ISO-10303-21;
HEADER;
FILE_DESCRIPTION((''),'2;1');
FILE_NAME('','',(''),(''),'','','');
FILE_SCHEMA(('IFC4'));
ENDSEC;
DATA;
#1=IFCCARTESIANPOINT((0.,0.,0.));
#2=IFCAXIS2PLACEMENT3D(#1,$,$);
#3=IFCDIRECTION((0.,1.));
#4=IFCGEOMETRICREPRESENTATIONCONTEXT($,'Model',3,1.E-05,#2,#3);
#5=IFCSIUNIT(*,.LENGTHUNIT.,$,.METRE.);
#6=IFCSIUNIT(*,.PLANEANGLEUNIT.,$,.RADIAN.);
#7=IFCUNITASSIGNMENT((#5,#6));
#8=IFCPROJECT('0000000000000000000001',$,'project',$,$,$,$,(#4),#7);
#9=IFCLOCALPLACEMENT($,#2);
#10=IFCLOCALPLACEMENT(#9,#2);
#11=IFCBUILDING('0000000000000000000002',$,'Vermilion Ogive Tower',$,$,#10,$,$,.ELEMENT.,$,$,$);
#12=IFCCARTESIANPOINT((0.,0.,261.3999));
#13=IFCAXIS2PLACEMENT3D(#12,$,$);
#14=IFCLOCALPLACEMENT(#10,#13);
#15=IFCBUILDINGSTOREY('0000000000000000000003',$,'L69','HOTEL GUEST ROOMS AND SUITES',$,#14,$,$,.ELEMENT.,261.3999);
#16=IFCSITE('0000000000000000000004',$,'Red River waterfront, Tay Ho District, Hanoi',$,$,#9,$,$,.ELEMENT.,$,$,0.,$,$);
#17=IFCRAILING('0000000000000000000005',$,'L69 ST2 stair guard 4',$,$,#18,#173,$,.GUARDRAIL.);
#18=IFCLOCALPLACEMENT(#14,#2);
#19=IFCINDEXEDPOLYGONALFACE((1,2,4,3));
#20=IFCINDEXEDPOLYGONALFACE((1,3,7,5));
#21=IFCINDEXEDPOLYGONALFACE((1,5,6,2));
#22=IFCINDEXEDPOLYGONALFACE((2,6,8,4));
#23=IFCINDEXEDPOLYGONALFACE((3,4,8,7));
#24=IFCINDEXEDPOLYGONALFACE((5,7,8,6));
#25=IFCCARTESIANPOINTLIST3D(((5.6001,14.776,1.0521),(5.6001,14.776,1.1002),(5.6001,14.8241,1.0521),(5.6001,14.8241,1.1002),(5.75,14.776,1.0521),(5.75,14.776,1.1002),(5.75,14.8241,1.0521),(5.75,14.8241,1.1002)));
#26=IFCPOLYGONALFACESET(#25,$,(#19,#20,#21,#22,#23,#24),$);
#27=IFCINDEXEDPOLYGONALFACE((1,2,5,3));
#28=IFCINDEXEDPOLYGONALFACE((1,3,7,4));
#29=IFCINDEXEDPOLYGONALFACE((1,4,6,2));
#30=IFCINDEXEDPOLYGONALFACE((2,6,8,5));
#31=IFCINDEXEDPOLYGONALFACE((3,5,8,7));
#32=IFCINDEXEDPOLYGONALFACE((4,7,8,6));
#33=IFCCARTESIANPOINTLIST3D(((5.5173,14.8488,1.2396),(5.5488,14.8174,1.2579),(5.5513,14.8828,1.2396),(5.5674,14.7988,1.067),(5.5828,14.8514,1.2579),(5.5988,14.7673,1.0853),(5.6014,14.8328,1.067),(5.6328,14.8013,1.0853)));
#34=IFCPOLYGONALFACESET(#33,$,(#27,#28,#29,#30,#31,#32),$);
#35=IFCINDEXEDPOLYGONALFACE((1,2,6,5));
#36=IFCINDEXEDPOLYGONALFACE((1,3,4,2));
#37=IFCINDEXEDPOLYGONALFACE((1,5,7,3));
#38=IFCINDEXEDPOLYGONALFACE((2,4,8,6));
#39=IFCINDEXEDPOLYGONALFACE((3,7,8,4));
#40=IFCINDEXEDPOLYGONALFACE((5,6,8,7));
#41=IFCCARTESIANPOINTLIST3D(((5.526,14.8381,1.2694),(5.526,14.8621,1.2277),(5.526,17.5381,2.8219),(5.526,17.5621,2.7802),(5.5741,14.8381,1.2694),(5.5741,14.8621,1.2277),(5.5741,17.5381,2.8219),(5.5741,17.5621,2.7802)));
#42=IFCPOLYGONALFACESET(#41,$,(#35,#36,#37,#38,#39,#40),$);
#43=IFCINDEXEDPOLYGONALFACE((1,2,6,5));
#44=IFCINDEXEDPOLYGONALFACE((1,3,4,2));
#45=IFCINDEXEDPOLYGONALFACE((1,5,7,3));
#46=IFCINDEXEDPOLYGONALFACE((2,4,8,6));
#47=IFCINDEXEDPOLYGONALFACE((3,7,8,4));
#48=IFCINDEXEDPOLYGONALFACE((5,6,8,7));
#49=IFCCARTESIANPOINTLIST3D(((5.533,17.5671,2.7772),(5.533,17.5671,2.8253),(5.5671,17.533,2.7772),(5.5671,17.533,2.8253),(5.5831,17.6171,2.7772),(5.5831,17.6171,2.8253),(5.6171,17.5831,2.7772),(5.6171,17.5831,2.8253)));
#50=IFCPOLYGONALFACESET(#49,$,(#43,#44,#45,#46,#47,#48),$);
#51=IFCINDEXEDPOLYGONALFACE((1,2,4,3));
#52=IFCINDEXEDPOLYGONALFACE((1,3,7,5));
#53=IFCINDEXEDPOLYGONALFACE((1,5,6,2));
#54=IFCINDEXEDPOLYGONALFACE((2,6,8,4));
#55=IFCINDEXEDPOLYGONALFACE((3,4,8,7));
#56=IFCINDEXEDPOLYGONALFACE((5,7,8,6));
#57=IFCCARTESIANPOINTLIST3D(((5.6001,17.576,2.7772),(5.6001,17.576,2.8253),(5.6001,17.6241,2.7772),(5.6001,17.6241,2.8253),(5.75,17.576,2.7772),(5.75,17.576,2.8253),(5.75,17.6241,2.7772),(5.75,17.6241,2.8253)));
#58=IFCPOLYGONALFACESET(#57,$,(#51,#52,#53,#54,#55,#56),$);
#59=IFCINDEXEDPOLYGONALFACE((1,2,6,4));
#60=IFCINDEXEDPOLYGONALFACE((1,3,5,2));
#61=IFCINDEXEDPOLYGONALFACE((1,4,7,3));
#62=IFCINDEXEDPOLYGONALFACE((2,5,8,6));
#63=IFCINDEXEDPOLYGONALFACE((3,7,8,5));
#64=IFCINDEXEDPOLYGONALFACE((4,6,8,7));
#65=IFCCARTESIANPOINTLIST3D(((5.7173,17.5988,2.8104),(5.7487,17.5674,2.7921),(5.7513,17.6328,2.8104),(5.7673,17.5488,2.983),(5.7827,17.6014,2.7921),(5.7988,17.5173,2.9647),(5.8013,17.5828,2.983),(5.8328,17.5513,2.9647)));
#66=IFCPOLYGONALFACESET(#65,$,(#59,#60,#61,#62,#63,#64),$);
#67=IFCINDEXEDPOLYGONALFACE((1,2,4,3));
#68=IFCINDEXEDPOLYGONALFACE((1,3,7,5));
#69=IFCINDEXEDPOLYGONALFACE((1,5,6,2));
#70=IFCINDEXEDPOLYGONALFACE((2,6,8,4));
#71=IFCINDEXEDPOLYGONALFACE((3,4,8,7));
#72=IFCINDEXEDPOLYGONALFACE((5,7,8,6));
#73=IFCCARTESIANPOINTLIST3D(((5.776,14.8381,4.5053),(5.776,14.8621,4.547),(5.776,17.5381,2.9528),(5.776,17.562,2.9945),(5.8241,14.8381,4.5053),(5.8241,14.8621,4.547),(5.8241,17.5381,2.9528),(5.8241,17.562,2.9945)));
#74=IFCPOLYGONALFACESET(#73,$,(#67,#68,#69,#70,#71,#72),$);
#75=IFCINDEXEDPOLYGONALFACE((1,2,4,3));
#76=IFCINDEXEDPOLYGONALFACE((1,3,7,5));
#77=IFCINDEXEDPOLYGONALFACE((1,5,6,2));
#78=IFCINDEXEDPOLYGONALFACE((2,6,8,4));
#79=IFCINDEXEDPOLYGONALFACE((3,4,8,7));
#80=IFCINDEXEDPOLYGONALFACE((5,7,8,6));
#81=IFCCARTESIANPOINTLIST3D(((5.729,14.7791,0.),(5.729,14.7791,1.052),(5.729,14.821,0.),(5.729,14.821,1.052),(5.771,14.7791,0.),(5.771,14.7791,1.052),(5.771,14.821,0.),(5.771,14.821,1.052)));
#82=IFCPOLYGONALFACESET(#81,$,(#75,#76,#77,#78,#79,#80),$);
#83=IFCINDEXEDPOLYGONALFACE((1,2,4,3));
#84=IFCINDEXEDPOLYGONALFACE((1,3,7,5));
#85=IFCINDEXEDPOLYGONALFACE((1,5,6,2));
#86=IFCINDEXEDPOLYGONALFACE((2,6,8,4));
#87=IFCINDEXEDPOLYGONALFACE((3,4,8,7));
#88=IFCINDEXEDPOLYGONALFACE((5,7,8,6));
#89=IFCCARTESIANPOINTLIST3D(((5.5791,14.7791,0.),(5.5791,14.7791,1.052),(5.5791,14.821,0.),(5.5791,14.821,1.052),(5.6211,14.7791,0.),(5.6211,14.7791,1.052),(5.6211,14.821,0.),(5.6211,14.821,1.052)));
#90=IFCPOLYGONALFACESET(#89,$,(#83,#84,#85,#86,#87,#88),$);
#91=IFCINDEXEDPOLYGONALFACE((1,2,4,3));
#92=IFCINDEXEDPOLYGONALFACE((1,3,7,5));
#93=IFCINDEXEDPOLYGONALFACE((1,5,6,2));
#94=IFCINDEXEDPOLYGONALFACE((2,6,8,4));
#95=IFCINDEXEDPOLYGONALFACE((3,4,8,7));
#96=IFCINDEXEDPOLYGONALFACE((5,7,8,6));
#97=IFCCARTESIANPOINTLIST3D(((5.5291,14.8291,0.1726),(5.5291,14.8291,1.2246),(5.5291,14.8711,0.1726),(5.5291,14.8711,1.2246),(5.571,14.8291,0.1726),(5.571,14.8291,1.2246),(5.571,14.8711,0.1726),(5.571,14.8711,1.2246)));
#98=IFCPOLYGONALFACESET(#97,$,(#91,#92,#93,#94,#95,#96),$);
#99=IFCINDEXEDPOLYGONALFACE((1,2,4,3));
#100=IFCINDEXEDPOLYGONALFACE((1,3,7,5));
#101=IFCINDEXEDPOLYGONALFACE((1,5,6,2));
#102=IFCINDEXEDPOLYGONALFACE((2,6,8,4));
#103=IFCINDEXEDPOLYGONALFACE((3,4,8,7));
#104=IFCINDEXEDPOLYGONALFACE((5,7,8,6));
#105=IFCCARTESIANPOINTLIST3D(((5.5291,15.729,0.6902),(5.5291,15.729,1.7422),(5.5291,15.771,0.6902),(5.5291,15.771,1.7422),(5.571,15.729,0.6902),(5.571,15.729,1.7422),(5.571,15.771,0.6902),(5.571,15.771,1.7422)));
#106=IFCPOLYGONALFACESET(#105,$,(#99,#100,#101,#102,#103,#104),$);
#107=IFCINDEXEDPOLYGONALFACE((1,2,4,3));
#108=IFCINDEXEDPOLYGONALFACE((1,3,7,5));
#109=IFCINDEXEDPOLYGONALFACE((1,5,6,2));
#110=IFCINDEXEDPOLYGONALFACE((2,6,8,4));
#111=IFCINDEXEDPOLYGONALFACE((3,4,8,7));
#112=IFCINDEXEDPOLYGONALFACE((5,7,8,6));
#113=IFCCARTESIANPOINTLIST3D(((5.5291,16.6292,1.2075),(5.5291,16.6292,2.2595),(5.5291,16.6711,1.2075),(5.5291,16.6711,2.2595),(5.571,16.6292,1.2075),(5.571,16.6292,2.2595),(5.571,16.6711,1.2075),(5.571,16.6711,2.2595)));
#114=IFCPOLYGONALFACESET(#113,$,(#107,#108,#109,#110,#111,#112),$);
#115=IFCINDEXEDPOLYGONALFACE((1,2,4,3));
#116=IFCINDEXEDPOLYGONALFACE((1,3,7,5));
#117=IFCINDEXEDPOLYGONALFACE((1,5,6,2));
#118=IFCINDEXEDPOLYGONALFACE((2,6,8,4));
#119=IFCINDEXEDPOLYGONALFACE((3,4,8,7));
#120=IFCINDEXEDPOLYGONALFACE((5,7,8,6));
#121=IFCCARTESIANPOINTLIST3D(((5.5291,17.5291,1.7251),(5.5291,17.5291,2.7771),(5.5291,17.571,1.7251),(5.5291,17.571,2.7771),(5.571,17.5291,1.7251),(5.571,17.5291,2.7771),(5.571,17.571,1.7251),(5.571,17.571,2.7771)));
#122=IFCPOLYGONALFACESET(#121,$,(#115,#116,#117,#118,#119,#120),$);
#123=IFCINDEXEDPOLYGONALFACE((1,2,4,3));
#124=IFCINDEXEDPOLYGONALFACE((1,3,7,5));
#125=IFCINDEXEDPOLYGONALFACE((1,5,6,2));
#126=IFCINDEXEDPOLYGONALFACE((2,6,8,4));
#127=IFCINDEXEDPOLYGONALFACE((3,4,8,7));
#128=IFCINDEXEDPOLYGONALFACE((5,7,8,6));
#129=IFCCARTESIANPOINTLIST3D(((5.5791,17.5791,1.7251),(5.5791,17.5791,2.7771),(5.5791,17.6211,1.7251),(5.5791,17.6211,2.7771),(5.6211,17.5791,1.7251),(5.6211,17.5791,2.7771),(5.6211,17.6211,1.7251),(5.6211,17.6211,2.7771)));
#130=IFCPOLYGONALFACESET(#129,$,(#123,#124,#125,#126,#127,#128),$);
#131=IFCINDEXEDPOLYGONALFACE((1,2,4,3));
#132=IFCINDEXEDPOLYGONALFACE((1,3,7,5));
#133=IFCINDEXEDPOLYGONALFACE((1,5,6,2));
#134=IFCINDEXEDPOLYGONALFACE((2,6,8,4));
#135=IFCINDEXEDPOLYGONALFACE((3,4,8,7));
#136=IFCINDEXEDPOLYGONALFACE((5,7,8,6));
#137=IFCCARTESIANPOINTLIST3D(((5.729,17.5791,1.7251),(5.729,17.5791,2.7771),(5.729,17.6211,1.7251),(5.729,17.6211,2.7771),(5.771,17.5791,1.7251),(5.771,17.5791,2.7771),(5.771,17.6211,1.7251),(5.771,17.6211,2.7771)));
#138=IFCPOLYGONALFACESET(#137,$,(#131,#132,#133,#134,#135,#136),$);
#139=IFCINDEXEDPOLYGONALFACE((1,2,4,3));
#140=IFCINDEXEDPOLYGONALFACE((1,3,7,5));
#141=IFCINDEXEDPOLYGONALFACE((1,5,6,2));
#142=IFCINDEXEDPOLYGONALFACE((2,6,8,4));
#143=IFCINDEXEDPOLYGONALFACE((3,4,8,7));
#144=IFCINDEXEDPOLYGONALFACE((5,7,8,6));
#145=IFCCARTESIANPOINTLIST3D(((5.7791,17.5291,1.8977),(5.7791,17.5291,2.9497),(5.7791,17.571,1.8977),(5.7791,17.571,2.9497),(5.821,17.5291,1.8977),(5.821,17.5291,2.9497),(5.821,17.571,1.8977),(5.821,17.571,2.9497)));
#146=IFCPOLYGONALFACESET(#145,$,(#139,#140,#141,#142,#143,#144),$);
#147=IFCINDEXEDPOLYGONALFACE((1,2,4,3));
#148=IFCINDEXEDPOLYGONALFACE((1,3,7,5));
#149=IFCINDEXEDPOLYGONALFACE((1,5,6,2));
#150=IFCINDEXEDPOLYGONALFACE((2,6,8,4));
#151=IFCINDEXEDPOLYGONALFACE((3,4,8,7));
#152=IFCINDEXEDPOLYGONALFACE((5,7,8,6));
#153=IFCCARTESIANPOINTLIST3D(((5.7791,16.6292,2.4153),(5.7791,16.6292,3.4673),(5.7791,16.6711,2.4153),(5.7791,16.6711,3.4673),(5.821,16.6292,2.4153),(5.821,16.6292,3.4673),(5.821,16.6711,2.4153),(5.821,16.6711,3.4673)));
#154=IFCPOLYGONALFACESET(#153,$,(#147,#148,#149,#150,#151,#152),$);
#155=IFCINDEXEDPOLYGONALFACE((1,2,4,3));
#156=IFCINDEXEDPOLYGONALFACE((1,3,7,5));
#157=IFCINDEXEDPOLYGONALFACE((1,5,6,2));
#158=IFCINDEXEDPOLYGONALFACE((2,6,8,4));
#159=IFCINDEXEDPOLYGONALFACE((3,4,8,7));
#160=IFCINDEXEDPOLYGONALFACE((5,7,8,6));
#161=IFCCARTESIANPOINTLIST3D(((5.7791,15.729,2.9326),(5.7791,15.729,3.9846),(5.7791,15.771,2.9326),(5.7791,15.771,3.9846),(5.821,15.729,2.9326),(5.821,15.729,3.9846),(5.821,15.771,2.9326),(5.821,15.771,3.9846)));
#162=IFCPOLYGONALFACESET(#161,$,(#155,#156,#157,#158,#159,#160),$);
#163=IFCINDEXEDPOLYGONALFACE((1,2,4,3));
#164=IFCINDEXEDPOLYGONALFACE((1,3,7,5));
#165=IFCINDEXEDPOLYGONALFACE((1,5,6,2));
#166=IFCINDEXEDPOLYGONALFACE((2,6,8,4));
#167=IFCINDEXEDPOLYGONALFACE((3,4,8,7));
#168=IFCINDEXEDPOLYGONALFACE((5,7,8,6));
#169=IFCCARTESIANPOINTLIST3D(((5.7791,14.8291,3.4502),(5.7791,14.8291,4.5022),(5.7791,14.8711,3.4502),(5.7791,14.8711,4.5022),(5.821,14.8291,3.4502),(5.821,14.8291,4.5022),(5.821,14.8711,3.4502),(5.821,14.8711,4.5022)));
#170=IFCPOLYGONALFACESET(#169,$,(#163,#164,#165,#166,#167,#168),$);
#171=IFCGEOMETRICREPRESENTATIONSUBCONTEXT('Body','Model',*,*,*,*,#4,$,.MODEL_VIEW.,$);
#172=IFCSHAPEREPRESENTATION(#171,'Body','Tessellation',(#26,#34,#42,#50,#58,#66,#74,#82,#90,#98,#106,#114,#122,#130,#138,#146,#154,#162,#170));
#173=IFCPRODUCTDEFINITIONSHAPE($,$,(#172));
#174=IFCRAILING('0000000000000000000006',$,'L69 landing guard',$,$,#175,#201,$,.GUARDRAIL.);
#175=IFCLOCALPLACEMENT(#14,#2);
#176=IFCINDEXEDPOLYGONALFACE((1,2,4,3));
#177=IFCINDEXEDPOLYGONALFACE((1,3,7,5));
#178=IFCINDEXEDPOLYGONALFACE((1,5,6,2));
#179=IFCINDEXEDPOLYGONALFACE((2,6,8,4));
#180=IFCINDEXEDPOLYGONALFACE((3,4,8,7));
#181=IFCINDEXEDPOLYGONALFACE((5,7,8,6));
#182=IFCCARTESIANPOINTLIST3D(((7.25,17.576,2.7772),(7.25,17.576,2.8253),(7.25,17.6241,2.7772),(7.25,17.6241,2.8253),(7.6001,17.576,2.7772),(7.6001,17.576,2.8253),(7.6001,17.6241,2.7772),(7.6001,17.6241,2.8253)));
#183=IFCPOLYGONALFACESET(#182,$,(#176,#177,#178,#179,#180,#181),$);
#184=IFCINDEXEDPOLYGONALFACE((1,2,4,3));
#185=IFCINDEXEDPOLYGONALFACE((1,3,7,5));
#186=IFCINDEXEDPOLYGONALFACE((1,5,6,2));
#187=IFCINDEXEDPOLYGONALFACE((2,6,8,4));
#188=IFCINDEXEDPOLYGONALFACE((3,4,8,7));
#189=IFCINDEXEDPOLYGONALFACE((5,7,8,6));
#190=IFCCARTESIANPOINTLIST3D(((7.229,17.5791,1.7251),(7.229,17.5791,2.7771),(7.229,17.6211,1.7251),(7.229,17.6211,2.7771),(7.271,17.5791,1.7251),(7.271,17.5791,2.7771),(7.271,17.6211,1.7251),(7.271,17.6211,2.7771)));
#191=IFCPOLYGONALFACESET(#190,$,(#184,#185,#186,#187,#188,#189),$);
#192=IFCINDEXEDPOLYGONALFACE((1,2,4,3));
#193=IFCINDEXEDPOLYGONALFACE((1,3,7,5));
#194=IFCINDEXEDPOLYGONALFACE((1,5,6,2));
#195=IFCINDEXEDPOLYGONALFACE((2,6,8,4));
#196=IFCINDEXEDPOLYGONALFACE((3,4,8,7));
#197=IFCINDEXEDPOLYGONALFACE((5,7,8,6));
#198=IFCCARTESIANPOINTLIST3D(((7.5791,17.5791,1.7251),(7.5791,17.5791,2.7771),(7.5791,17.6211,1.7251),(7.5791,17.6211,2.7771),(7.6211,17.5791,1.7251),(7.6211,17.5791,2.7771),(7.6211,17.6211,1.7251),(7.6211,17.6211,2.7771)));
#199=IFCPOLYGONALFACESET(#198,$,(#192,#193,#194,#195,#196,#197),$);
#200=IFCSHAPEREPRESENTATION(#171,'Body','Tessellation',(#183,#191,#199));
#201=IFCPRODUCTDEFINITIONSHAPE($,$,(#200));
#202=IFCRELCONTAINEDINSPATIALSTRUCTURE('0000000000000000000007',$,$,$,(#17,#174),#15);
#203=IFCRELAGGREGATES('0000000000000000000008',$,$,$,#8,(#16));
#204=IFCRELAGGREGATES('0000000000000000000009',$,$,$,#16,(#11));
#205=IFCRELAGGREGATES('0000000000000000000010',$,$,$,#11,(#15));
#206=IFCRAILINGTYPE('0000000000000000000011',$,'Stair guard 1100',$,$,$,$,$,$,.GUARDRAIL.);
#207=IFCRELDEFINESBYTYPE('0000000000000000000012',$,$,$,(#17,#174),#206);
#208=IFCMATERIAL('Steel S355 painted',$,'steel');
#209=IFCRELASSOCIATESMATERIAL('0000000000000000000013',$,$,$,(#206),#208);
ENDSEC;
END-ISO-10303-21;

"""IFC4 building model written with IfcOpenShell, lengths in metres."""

from ifc_helpers import new_model, si_unit, direction, frame, origin, origin_2d, place, context, subcontext, project, spatial, rectangle, extrude, material, type_object, element, save


model = new_model("IFC4")

# Units and contexts
model_context = context("Model", 3, precision=1e-05, world=origin(), true_north=direction((0.0, 1.0)))
body_context = subcontext(model_context, "Body", "Model", "MODEL_VIEW")
ifc_project = project(units=[si_unit("LENGTHUNIT", "METRE"), si_unit("PLANEANGLEUNIT", "RADIAN")], contexts=[model_context])

# Site, building, storey
site_placement = place(None, origin())
site = spatial("IfcSite", under=ifc_project, at=site_placement, Name="Red River waterfront, Tay Ho District, Hanoi", CompositionType="ELEMENT", RefElevation=0.0)
building_placement = place(site_placement, origin())
building = spatial("IfcBuilding", under=site, at=building_placement, Name="Vermilion Ogive Tower", CompositionType="ELEMENT")
storey_placement = place(building_placement, frame((0.0, 0.0, 261.3999)))
storey = spatial("IfcBuildingStorey", under=building, at=storey_placement, Name="L69", Description="HOTEL GUEST ROOMS AND SUITES", CompositionType="ELEMENT", Elevation=261.3999)

# Railings
ifc_material_1 = material(Name="Steel S355 painted", Category="steel")
railing_type_1 = type_object("IfcRailingType", Name="Stair guard 1100", PredefinedType="GUARDRAIL", material=ifc_material_1)
railing_1_placement = place(storey_placement, frame((5.75, 14.8, 0.0)))
element("IfcRailing", 1, at=railing_1_placement, inside=storey, type_object=railing_type_1, Name="L69 ST2 stair guard 4", PredefinedType="GUARDRAIL", context=body_context, shape_type="SweptSolid", body=[
    extrude(rectangle(XDim=0.0481, YDim=0.0481, at=origin_2d()), frame((0.0, 0.0, 1.0762), z_axis=(-1.0, 0.0, 0.0), x_axis=(0.0, -1.0, 0.0)), (0.0, 0.0, 1.0), 0.1499),
    extrude(rectangle(XDim=0.0481, YDim=0.0481, at=origin_2d()), frame((-0.1499, 0.0, 1.0762), z_axis=(-0.268278, 0.268278, 0.925232), x_axis=(-0.707107, -0.707107, 0.0)), (0.0, 0.0, 1.0), 0.1865),
    extrude(rectangle(XDim=0.0481, YDim=0.0481, at=origin_2d()), frame((-0.2, 0.05, 1.2485), z_axis=(0.0, 0.866904, 0.498476), x_axis=(-1.0, 0.0, 0.0)), (0.0, 0.0, 1.0), 3.1145),
    extrude(rectangle(XDim=0.0481, YDim=0.0481, at=origin_2d()), frame((-0.2, 2.75, 2.8013), z_axis=(0.707107, 0.707107, 0.0), x_axis=(-0.707107, 0.707107, 0.0)), (0.0, 0.0, 1.0), 0.0708),
    extrude(rectangle(XDim=0.0481, YDim=0.0481, at=origin_2d()), frame((-0.1499, 2.8, 2.8013), z_axis=(1.0, 0.0, 0.0), x_axis=(0.0, 1.0, 0.0)), (0.0, 0.0, 1.0), 0.1499),
    extrude(rectangle(XDim=0.0481, YDim=0.0481, at=origin_2d()), frame((0.0, 2.8, 2.8013), z_axis=(0.268278, -0.268278, 0.925232), x_axis=(0.707107, 0.707107, 0.0)), (0.0, 0.0, 1.0), 0.1865),
    extrude(rectangle(XDim=0.0481, YDim=0.0481, at=origin_2d()), frame((0.05, 2.75, 2.9736), z_axis=(0.0, -0.866904, 0.498476), x_axis=(1.0, 0.0, 0.0)), (0.0, 0.0, 1.0), 3.1145),
    extrude(rectangle(XDim=0.042, YDim=0.042, at=origin_2d()), origin(), (0.0, 0.0, 1.0), 1.052),
    extrude(rectangle(XDim=0.042, YDim=0.042, at=origin_2d()), frame((-0.1499, 0.0, 0.0)), (0.0, 0.0, 1.0), 1.052),
    extrude(rectangle(XDim=0.042, YDim=0.042, at=origin_2d()), frame((-0.2, 0.05, 0.1726)), (0.0, 0.0, 1.0), 1.052),
    extrude(rectangle(XDim=0.042, YDim=0.042, at=origin_2d()), frame((-0.2, 0.95, 0.6902)), (0.0, 0.0, 1.0), 1.052),
    extrude(rectangle(XDim=0.042, YDim=0.042, at=origin_2d()), frame((-0.2, 1.8501, 1.2075)), (0.0, 0.0, 1.0), 1.052),
    extrude(rectangle(XDim=0.042, YDim=0.042, at=origin_2d()), frame((-0.2, 2.75, 1.7251)), (0.0, 0.0, 1.0), 1.052),
    extrude(rectangle(XDim=0.042, YDim=0.042, at=origin_2d()), frame((-0.1499, 2.8, 1.7251)), (0.0, 0.0, 1.0), 1.052),
    extrude(rectangle(XDim=0.042, YDim=0.042, at=origin_2d()), frame((0.0, 2.8, 1.7251)), (0.0, 0.0, 1.0), 1.052),
    extrude(rectangle(XDim=0.042, YDim=0.042, at=origin_2d()), frame((0.05, 2.75, 1.8977)), (0.0, 0.0, 1.0), 1.052),
    extrude(rectangle(XDim=0.042, YDim=0.042, at=origin_2d()), frame((0.05, 1.8501, 2.4153)), (0.0, 0.0, 1.0), 1.052),
    extrude(rectangle(XDim=0.042, YDim=0.042, at=origin_2d()), frame((0.05, 0.95, 2.9326)), (0.0, 0.0, 1.0), 1.052),
    extrude(rectangle(XDim=0.042, YDim=0.042, at=origin_2d()), frame((0.05, 0.05, 3.4502)), (0.0, 0.0, 1.0), 1.052),
])
railing_2_placement = place(storey_placement, frame((7.25, 17.6001, 1.7251)))
element("IfcRailing", 2, at=railing_2_placement, inside=storey, type_object=railing_type_1, Name="L69 landing guard", PredefinedType="GUARDRAIL", context=body_context, shape_type="SweptSolid", body=[
    extrude(rectangle(XDim=0.0481, YDim=0.0481, at=origin_2d()), frame((0.0, 0.0, 1.0762), z_axis=(1.0, 0.0, 0.0), x_axis=(0.0, 1.0, 0.0)), (0.0, 0.0, 1.0), 0.3501),
    extrude(rectangle(XDim=0.042, YDim=0.042, at=origin_2d()), origin(), (0.0, 0.0, 1.0), 1.052),
    extrude(rectangle(XDim=0.042, YDim=0.042, at=origin_2d()), frame((0.3501, 0.0, 0.0)), (0.0, 0.0, 1.0), 1.052),
])

save(model, "model.ifc")
